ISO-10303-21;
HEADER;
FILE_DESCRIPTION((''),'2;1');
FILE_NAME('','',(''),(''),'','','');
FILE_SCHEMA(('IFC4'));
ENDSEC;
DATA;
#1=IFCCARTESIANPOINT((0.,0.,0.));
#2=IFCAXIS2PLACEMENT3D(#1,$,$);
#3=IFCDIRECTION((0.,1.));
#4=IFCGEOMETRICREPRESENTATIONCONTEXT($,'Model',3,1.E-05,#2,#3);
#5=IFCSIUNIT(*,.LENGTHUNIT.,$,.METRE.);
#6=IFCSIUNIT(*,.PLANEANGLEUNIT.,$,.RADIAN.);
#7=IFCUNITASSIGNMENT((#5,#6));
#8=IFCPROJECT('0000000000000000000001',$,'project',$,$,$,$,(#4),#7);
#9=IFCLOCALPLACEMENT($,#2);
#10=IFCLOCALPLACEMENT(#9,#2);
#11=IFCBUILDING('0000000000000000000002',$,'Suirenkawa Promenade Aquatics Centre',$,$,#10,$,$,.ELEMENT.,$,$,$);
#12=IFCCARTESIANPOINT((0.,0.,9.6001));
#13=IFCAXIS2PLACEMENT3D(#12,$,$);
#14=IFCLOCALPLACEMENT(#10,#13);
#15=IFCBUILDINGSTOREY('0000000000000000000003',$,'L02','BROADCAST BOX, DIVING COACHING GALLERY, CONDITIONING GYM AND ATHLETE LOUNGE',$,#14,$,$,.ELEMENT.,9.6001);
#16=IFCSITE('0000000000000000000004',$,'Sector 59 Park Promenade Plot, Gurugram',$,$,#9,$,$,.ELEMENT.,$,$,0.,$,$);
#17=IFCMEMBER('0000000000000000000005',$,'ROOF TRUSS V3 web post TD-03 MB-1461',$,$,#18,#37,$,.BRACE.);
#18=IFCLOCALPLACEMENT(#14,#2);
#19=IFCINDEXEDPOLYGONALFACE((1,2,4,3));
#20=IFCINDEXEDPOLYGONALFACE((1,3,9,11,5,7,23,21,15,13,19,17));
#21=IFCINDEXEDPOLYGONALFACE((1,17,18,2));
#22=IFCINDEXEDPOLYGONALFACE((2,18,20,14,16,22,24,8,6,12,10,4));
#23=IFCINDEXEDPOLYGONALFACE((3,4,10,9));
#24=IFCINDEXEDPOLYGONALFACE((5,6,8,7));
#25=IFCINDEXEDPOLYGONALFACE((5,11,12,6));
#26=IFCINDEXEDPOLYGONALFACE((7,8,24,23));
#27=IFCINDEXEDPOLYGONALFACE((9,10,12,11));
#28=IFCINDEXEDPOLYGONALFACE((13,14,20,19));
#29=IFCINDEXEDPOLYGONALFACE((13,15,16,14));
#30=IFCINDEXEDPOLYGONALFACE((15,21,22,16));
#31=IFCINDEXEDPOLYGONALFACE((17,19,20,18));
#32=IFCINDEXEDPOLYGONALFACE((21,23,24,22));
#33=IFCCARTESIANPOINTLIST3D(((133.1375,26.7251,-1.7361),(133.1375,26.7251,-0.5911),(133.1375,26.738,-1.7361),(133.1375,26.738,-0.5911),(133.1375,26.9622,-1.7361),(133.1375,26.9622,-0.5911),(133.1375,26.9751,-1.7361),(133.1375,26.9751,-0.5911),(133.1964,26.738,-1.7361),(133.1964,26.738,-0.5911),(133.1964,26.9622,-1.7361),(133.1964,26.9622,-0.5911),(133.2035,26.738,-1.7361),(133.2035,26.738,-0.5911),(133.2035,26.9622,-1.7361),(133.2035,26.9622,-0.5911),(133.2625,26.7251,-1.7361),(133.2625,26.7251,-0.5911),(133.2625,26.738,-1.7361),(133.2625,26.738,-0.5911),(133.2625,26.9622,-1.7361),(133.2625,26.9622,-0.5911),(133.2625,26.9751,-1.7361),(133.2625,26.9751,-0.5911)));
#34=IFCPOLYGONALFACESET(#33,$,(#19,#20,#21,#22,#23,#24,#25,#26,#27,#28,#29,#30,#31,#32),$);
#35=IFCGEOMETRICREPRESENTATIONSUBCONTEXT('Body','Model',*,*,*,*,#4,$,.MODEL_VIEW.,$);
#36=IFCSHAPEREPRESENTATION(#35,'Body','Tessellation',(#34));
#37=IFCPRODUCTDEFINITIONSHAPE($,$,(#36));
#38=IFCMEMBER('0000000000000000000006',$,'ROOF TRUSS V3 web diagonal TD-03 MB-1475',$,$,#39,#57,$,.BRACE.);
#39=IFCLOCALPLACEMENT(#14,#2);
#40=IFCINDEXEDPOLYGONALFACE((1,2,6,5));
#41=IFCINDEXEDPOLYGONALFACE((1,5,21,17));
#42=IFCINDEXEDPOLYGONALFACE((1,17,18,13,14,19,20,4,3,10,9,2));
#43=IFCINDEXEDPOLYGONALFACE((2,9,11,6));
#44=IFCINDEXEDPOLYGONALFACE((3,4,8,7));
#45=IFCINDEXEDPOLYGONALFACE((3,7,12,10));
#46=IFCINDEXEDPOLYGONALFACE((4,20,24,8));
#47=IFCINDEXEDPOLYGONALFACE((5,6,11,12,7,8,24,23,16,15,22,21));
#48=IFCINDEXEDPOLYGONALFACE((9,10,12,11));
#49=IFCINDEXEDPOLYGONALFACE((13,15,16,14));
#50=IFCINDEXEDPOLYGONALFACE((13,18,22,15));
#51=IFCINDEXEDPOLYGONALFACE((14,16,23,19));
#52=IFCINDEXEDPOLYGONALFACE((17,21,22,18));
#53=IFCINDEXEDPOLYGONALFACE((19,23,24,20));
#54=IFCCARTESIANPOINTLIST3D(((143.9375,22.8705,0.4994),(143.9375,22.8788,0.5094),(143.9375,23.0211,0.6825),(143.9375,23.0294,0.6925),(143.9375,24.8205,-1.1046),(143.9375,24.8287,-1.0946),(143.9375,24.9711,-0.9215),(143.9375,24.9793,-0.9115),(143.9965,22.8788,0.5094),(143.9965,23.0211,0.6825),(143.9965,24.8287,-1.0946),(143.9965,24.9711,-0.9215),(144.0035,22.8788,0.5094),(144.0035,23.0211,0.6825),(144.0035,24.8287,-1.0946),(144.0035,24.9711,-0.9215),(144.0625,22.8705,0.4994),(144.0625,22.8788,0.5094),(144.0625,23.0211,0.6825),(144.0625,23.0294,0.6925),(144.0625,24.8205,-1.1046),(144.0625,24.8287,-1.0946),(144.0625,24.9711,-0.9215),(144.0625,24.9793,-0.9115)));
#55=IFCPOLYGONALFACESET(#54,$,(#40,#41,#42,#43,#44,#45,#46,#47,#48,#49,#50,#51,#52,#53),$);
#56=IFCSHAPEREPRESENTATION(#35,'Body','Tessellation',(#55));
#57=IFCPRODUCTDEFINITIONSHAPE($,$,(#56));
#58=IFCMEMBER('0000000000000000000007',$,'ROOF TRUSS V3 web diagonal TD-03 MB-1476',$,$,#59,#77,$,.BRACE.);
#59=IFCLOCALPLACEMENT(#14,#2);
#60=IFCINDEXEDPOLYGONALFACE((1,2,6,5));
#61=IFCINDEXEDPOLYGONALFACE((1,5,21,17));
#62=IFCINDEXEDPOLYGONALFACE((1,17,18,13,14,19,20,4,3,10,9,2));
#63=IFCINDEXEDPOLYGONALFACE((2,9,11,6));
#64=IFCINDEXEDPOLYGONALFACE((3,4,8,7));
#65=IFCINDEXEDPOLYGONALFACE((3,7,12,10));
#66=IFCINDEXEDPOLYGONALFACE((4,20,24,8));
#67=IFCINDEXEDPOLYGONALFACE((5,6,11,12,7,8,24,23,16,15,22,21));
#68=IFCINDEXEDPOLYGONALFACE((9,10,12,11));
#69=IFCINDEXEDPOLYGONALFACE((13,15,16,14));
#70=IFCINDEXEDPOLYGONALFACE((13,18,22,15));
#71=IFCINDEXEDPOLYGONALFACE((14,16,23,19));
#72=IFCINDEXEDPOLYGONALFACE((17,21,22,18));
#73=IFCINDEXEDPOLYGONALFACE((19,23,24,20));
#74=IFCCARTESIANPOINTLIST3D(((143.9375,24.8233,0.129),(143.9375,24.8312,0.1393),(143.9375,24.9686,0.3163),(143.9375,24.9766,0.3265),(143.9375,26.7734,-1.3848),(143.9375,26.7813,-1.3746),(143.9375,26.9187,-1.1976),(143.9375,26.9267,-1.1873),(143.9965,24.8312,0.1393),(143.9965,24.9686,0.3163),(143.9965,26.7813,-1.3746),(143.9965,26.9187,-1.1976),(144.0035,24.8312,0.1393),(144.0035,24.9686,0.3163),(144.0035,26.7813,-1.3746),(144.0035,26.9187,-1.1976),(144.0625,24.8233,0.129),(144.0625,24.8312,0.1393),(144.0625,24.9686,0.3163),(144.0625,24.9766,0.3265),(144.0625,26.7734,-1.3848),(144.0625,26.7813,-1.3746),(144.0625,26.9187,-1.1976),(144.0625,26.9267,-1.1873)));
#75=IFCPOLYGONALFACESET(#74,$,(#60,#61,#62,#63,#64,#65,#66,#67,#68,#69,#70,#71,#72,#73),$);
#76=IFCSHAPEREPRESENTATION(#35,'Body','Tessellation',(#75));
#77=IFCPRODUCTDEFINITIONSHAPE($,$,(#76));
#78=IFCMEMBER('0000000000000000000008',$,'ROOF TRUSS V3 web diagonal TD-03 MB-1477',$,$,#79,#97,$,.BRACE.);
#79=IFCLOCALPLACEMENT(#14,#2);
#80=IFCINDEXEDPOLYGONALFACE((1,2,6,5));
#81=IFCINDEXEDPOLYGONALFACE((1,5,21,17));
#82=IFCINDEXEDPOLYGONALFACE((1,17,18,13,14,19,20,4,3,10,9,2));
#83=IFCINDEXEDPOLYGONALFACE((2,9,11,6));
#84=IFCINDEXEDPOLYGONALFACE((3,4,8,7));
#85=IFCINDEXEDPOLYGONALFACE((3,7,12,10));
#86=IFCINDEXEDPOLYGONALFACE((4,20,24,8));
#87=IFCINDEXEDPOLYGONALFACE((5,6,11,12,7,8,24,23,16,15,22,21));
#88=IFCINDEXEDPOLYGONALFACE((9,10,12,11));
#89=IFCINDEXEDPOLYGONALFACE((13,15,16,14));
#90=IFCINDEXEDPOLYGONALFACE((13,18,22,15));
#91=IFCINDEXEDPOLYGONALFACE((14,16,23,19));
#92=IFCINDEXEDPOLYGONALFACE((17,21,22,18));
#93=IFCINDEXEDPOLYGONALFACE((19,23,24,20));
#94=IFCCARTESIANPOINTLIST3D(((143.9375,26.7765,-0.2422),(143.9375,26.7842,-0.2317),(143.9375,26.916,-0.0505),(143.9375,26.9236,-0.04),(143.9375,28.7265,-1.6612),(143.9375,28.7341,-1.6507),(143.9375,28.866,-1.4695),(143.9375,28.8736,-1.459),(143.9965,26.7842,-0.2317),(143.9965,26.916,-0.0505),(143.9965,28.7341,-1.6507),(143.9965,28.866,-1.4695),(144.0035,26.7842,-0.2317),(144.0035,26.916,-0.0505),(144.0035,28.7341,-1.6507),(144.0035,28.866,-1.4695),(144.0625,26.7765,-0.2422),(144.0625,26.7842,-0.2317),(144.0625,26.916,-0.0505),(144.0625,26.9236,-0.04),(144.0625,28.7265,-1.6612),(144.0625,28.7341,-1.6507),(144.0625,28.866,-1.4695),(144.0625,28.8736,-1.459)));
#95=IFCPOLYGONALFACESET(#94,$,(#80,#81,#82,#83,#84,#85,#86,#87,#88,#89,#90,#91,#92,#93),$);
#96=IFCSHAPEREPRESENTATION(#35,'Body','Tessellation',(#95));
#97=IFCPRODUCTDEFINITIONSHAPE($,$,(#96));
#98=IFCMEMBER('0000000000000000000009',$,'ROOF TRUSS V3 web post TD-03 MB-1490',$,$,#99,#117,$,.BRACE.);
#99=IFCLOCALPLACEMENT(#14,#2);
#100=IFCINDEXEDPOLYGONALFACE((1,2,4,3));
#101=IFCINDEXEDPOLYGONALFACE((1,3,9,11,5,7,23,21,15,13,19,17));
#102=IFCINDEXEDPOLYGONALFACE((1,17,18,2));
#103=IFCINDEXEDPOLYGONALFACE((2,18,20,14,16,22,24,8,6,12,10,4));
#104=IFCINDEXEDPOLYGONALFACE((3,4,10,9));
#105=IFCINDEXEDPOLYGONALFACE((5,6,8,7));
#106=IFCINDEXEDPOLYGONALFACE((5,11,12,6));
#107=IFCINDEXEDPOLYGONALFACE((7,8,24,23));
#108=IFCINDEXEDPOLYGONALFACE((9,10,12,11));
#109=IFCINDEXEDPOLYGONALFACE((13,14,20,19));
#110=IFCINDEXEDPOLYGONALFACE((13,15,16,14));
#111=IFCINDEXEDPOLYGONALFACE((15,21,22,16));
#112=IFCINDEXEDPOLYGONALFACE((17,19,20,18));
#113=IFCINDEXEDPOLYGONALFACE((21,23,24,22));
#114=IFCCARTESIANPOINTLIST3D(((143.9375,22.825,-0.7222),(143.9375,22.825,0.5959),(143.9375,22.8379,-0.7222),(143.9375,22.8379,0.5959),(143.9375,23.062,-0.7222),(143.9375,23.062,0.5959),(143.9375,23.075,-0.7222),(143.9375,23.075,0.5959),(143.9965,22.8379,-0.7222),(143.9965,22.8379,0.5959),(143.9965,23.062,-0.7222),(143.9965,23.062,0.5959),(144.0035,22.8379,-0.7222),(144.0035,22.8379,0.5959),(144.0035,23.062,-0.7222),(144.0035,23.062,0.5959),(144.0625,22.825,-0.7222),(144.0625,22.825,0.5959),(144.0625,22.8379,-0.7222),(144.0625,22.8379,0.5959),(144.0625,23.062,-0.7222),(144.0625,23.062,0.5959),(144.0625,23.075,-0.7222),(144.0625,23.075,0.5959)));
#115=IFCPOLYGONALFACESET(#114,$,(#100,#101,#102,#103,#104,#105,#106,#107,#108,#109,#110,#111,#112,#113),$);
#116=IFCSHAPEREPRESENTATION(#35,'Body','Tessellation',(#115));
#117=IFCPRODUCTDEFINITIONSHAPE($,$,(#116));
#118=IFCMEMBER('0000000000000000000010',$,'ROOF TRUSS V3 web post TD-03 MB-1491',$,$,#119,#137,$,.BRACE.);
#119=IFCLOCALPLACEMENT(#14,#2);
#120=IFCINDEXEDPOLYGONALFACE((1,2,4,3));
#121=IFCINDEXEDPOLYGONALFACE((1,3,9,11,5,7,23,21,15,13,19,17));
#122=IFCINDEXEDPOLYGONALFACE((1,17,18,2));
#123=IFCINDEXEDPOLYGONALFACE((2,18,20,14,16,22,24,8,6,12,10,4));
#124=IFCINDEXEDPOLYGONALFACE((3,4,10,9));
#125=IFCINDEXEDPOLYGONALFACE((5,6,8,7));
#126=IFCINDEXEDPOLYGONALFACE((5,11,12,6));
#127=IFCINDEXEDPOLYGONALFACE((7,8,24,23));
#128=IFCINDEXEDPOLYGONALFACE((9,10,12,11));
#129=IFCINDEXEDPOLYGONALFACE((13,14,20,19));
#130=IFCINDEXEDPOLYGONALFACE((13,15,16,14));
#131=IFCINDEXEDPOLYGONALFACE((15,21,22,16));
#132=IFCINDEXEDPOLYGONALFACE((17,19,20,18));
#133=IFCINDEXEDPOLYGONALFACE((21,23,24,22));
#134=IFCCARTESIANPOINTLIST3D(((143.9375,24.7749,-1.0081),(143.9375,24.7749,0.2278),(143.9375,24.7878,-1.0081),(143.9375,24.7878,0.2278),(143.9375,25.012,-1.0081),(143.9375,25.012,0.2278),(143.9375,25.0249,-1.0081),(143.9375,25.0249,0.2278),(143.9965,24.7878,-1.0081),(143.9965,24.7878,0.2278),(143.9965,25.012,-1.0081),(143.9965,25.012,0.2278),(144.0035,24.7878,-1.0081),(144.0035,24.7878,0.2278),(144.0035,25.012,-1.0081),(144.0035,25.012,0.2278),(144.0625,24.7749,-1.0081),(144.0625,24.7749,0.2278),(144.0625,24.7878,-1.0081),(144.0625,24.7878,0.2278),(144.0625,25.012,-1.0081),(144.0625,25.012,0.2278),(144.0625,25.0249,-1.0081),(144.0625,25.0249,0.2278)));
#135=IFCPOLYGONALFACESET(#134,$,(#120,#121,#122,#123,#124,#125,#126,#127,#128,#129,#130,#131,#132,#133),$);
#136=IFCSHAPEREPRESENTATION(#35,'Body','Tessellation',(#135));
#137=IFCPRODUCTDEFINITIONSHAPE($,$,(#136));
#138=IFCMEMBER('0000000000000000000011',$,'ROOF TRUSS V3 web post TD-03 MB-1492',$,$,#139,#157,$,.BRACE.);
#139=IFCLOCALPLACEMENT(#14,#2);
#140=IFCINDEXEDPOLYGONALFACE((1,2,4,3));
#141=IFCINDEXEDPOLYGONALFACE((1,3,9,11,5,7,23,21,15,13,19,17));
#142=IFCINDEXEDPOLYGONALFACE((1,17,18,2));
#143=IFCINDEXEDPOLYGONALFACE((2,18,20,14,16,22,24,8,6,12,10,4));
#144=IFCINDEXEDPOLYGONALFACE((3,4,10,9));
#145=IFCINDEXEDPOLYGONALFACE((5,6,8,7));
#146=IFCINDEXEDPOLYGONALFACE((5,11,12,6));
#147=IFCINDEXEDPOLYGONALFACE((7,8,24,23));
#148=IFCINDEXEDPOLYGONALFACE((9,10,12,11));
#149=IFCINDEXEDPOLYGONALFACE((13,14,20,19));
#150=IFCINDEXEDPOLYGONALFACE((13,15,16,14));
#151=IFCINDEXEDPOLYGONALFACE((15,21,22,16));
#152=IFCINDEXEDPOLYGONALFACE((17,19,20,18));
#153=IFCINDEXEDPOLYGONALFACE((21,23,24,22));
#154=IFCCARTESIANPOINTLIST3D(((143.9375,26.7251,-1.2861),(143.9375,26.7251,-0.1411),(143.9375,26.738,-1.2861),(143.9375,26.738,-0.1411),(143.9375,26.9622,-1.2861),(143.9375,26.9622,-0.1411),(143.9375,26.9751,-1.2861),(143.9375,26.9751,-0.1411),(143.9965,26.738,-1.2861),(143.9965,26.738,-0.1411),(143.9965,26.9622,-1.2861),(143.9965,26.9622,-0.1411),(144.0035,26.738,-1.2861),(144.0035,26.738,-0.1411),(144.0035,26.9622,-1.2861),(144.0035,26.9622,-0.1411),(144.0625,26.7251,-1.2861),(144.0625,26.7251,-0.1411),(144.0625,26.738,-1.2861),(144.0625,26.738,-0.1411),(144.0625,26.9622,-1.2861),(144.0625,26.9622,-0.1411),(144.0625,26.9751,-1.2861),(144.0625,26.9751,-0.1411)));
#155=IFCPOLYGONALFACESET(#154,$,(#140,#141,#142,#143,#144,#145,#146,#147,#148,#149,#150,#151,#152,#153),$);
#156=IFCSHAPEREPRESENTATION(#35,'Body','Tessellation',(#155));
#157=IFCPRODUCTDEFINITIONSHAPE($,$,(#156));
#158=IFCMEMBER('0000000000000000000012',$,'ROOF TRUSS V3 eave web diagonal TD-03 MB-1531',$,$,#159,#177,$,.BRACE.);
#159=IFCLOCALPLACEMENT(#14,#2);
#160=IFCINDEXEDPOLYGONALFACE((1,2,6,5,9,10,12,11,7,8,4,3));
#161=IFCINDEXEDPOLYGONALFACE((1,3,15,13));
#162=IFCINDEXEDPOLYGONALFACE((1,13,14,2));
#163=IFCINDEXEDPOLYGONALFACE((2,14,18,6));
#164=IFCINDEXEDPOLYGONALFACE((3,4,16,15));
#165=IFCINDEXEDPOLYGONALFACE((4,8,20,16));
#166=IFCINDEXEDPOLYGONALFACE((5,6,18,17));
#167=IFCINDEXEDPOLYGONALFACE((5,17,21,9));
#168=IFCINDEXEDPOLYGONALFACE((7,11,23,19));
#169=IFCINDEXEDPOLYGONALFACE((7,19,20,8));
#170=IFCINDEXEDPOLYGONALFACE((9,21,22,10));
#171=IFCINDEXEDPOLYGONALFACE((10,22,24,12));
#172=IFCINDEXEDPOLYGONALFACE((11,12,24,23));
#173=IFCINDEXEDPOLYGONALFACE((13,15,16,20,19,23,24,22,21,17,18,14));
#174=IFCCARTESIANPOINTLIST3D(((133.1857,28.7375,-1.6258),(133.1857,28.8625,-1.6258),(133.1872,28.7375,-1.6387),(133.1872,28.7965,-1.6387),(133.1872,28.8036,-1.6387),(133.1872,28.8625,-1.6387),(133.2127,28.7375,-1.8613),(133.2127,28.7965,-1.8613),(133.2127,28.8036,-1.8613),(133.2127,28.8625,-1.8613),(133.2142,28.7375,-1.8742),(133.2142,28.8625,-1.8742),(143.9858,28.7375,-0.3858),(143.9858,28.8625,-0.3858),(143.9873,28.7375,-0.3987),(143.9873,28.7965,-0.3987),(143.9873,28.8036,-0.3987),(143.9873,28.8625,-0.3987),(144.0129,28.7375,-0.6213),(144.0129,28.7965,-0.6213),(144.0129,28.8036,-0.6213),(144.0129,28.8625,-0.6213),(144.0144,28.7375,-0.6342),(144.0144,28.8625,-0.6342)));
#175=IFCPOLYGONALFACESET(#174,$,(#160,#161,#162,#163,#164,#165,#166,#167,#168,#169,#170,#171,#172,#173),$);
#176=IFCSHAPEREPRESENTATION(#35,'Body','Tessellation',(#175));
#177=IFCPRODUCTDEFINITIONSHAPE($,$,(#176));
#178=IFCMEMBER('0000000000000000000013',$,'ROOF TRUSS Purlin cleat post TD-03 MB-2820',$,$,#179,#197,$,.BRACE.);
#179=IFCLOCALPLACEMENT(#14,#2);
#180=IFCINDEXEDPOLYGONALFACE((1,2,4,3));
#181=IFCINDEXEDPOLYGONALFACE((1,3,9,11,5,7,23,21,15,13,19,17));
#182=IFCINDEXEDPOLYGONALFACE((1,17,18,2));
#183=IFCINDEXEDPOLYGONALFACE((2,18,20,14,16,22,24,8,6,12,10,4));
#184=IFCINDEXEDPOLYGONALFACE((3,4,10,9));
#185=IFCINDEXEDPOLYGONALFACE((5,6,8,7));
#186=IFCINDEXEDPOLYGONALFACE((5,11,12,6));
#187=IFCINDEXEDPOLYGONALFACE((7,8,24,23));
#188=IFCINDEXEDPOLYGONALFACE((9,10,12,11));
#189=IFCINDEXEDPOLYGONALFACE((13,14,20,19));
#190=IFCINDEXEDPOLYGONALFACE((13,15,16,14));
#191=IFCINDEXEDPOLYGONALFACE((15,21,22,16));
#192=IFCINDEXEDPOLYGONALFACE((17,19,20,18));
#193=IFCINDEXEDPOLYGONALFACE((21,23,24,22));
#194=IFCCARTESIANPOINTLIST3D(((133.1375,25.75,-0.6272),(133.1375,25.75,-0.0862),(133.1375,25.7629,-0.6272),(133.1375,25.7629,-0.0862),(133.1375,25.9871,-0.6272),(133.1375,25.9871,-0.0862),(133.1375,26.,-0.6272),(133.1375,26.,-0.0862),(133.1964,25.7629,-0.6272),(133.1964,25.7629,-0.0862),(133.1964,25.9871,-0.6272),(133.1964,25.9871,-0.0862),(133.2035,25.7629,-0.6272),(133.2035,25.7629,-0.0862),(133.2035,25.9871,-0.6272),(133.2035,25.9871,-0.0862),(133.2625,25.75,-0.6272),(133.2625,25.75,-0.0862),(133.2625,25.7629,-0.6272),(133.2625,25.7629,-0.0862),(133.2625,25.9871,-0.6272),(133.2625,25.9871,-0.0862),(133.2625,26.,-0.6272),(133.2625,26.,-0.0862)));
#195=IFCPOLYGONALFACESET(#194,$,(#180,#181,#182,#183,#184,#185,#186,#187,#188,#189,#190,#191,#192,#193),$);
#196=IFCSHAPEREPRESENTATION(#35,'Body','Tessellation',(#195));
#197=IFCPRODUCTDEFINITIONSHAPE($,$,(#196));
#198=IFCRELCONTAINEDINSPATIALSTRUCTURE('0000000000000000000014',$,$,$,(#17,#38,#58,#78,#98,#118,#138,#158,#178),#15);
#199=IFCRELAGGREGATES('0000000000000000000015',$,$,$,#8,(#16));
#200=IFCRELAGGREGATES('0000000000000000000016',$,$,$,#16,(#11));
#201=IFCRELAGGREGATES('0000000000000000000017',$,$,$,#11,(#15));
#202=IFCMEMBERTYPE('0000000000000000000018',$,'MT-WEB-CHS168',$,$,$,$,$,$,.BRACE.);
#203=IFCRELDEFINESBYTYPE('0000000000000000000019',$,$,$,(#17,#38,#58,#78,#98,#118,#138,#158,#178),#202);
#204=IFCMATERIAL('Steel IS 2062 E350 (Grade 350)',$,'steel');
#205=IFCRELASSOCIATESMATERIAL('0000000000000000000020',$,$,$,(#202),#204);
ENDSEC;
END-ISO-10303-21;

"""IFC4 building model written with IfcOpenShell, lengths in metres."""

from ifc_helpers import new_model, si_unit, direction, frame, origin, origin_2d, place, context, subcontext, project, spatial, i_section, extrude, material, material_profile, profile_set, type_object, element, save


model = new_model("IFC4")

# Units and contexts
model_context = context("Model", 3, precision=1e-05, world=origin(), true_north=direction((0.0, 1.0)))
body_context = subcontext(model_context, "Body", "Model", "MODEL_VIEW")
ifc_project = project(units=[si_unit("LENGTHUNIT", "METRE"), si_unit("PLANEANGLEUNIT", "RADIAN")], contexts=[model_context])

# Site, building, storey
site_placement = place(None, origin())
site = spatial("IfcSite", under=ifc_project, at=site_placement, Name="Sector 59 Park Promenade Plot, Gurugram", CompositionType="ELEMENT", RefElevation=0.0)
building_placement = place(site_placement, origin())
building = spatial("IfcBuilding", under=site, at=building_placement, Name="Suirenkawa Promenade Aquatics Centre", CompositionType="ELEMENT")
storey_placement = place(building_placement, frame((0.0, 0.0, 9.6001)))
storey = spatial("IfcBuildingStorey", under=building, at=storey_placement, Name="L02", Description="BROADCAST BOX, DIVING COACHING GALLERY, CONDITIONING GYM AND ATHLETE LOUNGE", CompositionType="ELEMENT", Elevation=9.6001)

# Shared definitions
ifc_material = material(Name="Steel IS 2062 E350 (Grade 350)", Category="steel")

# Members
ifc_material_profile_1 = material_profile(ifc_material, i_section(OverallWidth=0.125, OverallDepth=0.25, WebThickness=0.0071, FlangeThickness=0.0129, at=origin_2d()), Name="ISMB 250", Category="steel")
ifc_profile_set_1 = profile_set([ifc_material_profile_1], Name="Steel IS 2062 E350 (Grade 350)")
member_type_1 = type_object("IfcMemberType", Name="MT-WEB-CHS168", PredefinedType="BRACE", material=ifc_profile_set_1)
member_1_placement = place(storey_placement, frame((133.2, 26.8501, -1.7361), z_axis=(0.0, 0.0, 1.0), x_axis=(1.0, 0.0, 0.0)))
element("IfcMember", 1, at=member_1_placement, inside=storey, type_object=member_type_1, Name="ROOF TRUSS V3 web post TD-03 MB-1461", PredefinedType="BRACE", context=body_context, shape_type="SweptSolid", body=[
    extrude(i_section(OverallWidth=0.125, OverallDepth=0.25, WebThickness=0.0071, FlangeThickness=0.0129, at=origin_2d()), origin(), (0.0, 0.0, 1.0), 1.145),
])
member_2_placement = place(storey_placement, frame((144.0, 22.95, 0.5959), z_axis=(0.0, 0.772287, -0.635273), x_axis=(-1.0, 0.0, 0.0)))
element("IfcMember", 2, at=member_2_placement, inside=storey, type_object=member_type_1, Name="ROOF TRUSS V3 web diagonal TD-03 MB-1475", PredefinedType="BRACE", context=body_context, shape_type="SweptSolid", body=[
    extrude(i_section(OverallWidth=0.125, OverallDepth=0.25, WebThickness=0.0071, FlangeThickness=0.0129, at=origin_2d()), origin(), (0.0, 0.0, 1.0), 2.5249),
])
member_3_placement = place(storey_placement, frame((144.0, 24.8999, 0.2278), z_axis=(0.0, 0.789922, -0.613208), x_axis=(-1.0, 0.0, 0.0)))
element("IfcMember", 3, at=member_3_placement, inside=storey, type_object=member_type_1, Name="ROOF TRUSS V3 web diagonal TD-03 MB-1476", PredefinedType="BRACE", context=body_context, shape_type="SweptSolid", body=[
    extrude(i_section(OverallWidth=0.125, OverallDepth=0.25, WebThickness=0.0071, FlangeThickness=0.0129, at=origin_2d()), origin(), (0.0, 0.0, 1.0), 2.4688),
])
member_4_placement = place(storey_placement, frame((144.0, 26.8501, -0.1411), z_axis=(0.0, 0.808578, -0.588388), x_axis=(-1.0, 0.0, 0.0)))
element("IfcMember", 4, at=member_4_placement, inside=storey, type_object=member_type_1, Name="ROOF TRUSS V3 web diagonal TD-03 MB-1477", PredefinedType="BRACE", context=body_context, shape_type="SweptSolid", body=[
    extrude(i_section(OverallWidth=0.125, OverallDepth=0.25, WebThickness=0.0071, FlangeThickness=0.0129, at=origin_2d()), origin(), (0.0, 0.0, 1.0), 2.4116),
])
member_5_placement = place(storey_placement, frame((144.0, 22.95, -0.7222), z_axis=(0.0, 0.0, 1.0), x_axis=(1.0, 0.0, 0.0)))
element("IfcMember", 5, at=member_5_placement, inside=storey, type_object=member_type_1, Name="ROOF TRUSS V3 web post TD-03 MB-1490", PredefinedType="BRACE", context=body_context, shape_type="SweptSolid", body=[
    extrude(i_section(OverallWidth=0.125, OverallDepth=0.25, WebThickness=0.0071, FlangeThickness=0.0129, at=origin_2d()), origin(), (0.0, 0.0, 1.0), 1.3181),
])
member_6_placement = place(storey_placement, frame((144.0, 24.8999, -1.0081), z_axis=(0.0, 0.0, 1.0), x_axis=(1.0, 0.0, 0.0)))
element("IfcMember", 6, at=member_6_placement, inside=storey, type_object=member_type_1, Name="ROOF TRUSS V3 web post TD-03 MB-1491", PredefinedType="BRACE", context=body_context, shape_type="SweptSolid", body=[
    extrude(i_section(OverallWidth=0.125, OverallDepth=0.25, WebThickness=0.0071, FlangeThickness=0.0129, at=origin_2d()), origin(), (0.0, 0.0, 1.0), 1.2358),
])
member_7_placement = place(storey_placement, frame((144.0, 26.8501, -1.2861), z_axis=(0.0, 0.0, 1.0), x_axis=(1.0, 0.0, 0.0)))
element("IfcMember", 7, at=member_7_placement, inside=storey, type_object=member_type_1, Name="ROOF TRUSS V3 web post TD-03 MB-1492", PredefinedType="BRACE", context=body_context, shape_type="SweptSolid", body=[
    extrude(i_section(OverallWidth=0.125, OverallDepth=0.25, WebThickness=0.0071, FlangeThickness=0.0129, at=origin_2d()), origin(), (0.0, 0.0, 1.0), 1.145),
])
member_8_placement = place(storey_placement, frame((133.2, 28.8, -1.75), z_axis=(0.993473, 0.0, 0.114064), x_axis=(0.0, 1.0, 0.0)))
element("IfcMember", 8, at=member_8_placement, inside=storey, type_object=member_type_1, Name="ROOF TRUSS V3 eave web diagonal TD-03 MB-1531", PredefinedType="BRACE", context=body_context, shape_type="SweptSolid", body=[
    extrude(i_section(OverallWidth=0.125, OverallDepth=0.25, WebThickness=0.0071, FlangeThickness=0.0129, at=origin_2d()), origin(), (0.0, 0.0, 1.0), 10.8711),
])
member_9_placement = place(storey_placement, frame((133.2, 25.875, -0.6272), z_axis=(0.0, 0.0, 1.0), x_axis=(1.0, 0.0, 0.0)))
element("IfcMember", 9, at=member_9_placement, inside=storey, type_object=member_type_1, Name="ROOF TRUSS Purlin cleat post TD-03 MB-2820", PredefinedType="BRACE", context=body_context, shape_type="SweptSolid", body=[
    extrude(i_section(OverallWidth=0.125, OverallDepth=0.25, WebThickness=0.0071, FlangeThickness=0.0129, at=origin_2d()), origin(), (0.0, 0.0, 1.0), 0.541),
])

save(model, "model.ifc")
